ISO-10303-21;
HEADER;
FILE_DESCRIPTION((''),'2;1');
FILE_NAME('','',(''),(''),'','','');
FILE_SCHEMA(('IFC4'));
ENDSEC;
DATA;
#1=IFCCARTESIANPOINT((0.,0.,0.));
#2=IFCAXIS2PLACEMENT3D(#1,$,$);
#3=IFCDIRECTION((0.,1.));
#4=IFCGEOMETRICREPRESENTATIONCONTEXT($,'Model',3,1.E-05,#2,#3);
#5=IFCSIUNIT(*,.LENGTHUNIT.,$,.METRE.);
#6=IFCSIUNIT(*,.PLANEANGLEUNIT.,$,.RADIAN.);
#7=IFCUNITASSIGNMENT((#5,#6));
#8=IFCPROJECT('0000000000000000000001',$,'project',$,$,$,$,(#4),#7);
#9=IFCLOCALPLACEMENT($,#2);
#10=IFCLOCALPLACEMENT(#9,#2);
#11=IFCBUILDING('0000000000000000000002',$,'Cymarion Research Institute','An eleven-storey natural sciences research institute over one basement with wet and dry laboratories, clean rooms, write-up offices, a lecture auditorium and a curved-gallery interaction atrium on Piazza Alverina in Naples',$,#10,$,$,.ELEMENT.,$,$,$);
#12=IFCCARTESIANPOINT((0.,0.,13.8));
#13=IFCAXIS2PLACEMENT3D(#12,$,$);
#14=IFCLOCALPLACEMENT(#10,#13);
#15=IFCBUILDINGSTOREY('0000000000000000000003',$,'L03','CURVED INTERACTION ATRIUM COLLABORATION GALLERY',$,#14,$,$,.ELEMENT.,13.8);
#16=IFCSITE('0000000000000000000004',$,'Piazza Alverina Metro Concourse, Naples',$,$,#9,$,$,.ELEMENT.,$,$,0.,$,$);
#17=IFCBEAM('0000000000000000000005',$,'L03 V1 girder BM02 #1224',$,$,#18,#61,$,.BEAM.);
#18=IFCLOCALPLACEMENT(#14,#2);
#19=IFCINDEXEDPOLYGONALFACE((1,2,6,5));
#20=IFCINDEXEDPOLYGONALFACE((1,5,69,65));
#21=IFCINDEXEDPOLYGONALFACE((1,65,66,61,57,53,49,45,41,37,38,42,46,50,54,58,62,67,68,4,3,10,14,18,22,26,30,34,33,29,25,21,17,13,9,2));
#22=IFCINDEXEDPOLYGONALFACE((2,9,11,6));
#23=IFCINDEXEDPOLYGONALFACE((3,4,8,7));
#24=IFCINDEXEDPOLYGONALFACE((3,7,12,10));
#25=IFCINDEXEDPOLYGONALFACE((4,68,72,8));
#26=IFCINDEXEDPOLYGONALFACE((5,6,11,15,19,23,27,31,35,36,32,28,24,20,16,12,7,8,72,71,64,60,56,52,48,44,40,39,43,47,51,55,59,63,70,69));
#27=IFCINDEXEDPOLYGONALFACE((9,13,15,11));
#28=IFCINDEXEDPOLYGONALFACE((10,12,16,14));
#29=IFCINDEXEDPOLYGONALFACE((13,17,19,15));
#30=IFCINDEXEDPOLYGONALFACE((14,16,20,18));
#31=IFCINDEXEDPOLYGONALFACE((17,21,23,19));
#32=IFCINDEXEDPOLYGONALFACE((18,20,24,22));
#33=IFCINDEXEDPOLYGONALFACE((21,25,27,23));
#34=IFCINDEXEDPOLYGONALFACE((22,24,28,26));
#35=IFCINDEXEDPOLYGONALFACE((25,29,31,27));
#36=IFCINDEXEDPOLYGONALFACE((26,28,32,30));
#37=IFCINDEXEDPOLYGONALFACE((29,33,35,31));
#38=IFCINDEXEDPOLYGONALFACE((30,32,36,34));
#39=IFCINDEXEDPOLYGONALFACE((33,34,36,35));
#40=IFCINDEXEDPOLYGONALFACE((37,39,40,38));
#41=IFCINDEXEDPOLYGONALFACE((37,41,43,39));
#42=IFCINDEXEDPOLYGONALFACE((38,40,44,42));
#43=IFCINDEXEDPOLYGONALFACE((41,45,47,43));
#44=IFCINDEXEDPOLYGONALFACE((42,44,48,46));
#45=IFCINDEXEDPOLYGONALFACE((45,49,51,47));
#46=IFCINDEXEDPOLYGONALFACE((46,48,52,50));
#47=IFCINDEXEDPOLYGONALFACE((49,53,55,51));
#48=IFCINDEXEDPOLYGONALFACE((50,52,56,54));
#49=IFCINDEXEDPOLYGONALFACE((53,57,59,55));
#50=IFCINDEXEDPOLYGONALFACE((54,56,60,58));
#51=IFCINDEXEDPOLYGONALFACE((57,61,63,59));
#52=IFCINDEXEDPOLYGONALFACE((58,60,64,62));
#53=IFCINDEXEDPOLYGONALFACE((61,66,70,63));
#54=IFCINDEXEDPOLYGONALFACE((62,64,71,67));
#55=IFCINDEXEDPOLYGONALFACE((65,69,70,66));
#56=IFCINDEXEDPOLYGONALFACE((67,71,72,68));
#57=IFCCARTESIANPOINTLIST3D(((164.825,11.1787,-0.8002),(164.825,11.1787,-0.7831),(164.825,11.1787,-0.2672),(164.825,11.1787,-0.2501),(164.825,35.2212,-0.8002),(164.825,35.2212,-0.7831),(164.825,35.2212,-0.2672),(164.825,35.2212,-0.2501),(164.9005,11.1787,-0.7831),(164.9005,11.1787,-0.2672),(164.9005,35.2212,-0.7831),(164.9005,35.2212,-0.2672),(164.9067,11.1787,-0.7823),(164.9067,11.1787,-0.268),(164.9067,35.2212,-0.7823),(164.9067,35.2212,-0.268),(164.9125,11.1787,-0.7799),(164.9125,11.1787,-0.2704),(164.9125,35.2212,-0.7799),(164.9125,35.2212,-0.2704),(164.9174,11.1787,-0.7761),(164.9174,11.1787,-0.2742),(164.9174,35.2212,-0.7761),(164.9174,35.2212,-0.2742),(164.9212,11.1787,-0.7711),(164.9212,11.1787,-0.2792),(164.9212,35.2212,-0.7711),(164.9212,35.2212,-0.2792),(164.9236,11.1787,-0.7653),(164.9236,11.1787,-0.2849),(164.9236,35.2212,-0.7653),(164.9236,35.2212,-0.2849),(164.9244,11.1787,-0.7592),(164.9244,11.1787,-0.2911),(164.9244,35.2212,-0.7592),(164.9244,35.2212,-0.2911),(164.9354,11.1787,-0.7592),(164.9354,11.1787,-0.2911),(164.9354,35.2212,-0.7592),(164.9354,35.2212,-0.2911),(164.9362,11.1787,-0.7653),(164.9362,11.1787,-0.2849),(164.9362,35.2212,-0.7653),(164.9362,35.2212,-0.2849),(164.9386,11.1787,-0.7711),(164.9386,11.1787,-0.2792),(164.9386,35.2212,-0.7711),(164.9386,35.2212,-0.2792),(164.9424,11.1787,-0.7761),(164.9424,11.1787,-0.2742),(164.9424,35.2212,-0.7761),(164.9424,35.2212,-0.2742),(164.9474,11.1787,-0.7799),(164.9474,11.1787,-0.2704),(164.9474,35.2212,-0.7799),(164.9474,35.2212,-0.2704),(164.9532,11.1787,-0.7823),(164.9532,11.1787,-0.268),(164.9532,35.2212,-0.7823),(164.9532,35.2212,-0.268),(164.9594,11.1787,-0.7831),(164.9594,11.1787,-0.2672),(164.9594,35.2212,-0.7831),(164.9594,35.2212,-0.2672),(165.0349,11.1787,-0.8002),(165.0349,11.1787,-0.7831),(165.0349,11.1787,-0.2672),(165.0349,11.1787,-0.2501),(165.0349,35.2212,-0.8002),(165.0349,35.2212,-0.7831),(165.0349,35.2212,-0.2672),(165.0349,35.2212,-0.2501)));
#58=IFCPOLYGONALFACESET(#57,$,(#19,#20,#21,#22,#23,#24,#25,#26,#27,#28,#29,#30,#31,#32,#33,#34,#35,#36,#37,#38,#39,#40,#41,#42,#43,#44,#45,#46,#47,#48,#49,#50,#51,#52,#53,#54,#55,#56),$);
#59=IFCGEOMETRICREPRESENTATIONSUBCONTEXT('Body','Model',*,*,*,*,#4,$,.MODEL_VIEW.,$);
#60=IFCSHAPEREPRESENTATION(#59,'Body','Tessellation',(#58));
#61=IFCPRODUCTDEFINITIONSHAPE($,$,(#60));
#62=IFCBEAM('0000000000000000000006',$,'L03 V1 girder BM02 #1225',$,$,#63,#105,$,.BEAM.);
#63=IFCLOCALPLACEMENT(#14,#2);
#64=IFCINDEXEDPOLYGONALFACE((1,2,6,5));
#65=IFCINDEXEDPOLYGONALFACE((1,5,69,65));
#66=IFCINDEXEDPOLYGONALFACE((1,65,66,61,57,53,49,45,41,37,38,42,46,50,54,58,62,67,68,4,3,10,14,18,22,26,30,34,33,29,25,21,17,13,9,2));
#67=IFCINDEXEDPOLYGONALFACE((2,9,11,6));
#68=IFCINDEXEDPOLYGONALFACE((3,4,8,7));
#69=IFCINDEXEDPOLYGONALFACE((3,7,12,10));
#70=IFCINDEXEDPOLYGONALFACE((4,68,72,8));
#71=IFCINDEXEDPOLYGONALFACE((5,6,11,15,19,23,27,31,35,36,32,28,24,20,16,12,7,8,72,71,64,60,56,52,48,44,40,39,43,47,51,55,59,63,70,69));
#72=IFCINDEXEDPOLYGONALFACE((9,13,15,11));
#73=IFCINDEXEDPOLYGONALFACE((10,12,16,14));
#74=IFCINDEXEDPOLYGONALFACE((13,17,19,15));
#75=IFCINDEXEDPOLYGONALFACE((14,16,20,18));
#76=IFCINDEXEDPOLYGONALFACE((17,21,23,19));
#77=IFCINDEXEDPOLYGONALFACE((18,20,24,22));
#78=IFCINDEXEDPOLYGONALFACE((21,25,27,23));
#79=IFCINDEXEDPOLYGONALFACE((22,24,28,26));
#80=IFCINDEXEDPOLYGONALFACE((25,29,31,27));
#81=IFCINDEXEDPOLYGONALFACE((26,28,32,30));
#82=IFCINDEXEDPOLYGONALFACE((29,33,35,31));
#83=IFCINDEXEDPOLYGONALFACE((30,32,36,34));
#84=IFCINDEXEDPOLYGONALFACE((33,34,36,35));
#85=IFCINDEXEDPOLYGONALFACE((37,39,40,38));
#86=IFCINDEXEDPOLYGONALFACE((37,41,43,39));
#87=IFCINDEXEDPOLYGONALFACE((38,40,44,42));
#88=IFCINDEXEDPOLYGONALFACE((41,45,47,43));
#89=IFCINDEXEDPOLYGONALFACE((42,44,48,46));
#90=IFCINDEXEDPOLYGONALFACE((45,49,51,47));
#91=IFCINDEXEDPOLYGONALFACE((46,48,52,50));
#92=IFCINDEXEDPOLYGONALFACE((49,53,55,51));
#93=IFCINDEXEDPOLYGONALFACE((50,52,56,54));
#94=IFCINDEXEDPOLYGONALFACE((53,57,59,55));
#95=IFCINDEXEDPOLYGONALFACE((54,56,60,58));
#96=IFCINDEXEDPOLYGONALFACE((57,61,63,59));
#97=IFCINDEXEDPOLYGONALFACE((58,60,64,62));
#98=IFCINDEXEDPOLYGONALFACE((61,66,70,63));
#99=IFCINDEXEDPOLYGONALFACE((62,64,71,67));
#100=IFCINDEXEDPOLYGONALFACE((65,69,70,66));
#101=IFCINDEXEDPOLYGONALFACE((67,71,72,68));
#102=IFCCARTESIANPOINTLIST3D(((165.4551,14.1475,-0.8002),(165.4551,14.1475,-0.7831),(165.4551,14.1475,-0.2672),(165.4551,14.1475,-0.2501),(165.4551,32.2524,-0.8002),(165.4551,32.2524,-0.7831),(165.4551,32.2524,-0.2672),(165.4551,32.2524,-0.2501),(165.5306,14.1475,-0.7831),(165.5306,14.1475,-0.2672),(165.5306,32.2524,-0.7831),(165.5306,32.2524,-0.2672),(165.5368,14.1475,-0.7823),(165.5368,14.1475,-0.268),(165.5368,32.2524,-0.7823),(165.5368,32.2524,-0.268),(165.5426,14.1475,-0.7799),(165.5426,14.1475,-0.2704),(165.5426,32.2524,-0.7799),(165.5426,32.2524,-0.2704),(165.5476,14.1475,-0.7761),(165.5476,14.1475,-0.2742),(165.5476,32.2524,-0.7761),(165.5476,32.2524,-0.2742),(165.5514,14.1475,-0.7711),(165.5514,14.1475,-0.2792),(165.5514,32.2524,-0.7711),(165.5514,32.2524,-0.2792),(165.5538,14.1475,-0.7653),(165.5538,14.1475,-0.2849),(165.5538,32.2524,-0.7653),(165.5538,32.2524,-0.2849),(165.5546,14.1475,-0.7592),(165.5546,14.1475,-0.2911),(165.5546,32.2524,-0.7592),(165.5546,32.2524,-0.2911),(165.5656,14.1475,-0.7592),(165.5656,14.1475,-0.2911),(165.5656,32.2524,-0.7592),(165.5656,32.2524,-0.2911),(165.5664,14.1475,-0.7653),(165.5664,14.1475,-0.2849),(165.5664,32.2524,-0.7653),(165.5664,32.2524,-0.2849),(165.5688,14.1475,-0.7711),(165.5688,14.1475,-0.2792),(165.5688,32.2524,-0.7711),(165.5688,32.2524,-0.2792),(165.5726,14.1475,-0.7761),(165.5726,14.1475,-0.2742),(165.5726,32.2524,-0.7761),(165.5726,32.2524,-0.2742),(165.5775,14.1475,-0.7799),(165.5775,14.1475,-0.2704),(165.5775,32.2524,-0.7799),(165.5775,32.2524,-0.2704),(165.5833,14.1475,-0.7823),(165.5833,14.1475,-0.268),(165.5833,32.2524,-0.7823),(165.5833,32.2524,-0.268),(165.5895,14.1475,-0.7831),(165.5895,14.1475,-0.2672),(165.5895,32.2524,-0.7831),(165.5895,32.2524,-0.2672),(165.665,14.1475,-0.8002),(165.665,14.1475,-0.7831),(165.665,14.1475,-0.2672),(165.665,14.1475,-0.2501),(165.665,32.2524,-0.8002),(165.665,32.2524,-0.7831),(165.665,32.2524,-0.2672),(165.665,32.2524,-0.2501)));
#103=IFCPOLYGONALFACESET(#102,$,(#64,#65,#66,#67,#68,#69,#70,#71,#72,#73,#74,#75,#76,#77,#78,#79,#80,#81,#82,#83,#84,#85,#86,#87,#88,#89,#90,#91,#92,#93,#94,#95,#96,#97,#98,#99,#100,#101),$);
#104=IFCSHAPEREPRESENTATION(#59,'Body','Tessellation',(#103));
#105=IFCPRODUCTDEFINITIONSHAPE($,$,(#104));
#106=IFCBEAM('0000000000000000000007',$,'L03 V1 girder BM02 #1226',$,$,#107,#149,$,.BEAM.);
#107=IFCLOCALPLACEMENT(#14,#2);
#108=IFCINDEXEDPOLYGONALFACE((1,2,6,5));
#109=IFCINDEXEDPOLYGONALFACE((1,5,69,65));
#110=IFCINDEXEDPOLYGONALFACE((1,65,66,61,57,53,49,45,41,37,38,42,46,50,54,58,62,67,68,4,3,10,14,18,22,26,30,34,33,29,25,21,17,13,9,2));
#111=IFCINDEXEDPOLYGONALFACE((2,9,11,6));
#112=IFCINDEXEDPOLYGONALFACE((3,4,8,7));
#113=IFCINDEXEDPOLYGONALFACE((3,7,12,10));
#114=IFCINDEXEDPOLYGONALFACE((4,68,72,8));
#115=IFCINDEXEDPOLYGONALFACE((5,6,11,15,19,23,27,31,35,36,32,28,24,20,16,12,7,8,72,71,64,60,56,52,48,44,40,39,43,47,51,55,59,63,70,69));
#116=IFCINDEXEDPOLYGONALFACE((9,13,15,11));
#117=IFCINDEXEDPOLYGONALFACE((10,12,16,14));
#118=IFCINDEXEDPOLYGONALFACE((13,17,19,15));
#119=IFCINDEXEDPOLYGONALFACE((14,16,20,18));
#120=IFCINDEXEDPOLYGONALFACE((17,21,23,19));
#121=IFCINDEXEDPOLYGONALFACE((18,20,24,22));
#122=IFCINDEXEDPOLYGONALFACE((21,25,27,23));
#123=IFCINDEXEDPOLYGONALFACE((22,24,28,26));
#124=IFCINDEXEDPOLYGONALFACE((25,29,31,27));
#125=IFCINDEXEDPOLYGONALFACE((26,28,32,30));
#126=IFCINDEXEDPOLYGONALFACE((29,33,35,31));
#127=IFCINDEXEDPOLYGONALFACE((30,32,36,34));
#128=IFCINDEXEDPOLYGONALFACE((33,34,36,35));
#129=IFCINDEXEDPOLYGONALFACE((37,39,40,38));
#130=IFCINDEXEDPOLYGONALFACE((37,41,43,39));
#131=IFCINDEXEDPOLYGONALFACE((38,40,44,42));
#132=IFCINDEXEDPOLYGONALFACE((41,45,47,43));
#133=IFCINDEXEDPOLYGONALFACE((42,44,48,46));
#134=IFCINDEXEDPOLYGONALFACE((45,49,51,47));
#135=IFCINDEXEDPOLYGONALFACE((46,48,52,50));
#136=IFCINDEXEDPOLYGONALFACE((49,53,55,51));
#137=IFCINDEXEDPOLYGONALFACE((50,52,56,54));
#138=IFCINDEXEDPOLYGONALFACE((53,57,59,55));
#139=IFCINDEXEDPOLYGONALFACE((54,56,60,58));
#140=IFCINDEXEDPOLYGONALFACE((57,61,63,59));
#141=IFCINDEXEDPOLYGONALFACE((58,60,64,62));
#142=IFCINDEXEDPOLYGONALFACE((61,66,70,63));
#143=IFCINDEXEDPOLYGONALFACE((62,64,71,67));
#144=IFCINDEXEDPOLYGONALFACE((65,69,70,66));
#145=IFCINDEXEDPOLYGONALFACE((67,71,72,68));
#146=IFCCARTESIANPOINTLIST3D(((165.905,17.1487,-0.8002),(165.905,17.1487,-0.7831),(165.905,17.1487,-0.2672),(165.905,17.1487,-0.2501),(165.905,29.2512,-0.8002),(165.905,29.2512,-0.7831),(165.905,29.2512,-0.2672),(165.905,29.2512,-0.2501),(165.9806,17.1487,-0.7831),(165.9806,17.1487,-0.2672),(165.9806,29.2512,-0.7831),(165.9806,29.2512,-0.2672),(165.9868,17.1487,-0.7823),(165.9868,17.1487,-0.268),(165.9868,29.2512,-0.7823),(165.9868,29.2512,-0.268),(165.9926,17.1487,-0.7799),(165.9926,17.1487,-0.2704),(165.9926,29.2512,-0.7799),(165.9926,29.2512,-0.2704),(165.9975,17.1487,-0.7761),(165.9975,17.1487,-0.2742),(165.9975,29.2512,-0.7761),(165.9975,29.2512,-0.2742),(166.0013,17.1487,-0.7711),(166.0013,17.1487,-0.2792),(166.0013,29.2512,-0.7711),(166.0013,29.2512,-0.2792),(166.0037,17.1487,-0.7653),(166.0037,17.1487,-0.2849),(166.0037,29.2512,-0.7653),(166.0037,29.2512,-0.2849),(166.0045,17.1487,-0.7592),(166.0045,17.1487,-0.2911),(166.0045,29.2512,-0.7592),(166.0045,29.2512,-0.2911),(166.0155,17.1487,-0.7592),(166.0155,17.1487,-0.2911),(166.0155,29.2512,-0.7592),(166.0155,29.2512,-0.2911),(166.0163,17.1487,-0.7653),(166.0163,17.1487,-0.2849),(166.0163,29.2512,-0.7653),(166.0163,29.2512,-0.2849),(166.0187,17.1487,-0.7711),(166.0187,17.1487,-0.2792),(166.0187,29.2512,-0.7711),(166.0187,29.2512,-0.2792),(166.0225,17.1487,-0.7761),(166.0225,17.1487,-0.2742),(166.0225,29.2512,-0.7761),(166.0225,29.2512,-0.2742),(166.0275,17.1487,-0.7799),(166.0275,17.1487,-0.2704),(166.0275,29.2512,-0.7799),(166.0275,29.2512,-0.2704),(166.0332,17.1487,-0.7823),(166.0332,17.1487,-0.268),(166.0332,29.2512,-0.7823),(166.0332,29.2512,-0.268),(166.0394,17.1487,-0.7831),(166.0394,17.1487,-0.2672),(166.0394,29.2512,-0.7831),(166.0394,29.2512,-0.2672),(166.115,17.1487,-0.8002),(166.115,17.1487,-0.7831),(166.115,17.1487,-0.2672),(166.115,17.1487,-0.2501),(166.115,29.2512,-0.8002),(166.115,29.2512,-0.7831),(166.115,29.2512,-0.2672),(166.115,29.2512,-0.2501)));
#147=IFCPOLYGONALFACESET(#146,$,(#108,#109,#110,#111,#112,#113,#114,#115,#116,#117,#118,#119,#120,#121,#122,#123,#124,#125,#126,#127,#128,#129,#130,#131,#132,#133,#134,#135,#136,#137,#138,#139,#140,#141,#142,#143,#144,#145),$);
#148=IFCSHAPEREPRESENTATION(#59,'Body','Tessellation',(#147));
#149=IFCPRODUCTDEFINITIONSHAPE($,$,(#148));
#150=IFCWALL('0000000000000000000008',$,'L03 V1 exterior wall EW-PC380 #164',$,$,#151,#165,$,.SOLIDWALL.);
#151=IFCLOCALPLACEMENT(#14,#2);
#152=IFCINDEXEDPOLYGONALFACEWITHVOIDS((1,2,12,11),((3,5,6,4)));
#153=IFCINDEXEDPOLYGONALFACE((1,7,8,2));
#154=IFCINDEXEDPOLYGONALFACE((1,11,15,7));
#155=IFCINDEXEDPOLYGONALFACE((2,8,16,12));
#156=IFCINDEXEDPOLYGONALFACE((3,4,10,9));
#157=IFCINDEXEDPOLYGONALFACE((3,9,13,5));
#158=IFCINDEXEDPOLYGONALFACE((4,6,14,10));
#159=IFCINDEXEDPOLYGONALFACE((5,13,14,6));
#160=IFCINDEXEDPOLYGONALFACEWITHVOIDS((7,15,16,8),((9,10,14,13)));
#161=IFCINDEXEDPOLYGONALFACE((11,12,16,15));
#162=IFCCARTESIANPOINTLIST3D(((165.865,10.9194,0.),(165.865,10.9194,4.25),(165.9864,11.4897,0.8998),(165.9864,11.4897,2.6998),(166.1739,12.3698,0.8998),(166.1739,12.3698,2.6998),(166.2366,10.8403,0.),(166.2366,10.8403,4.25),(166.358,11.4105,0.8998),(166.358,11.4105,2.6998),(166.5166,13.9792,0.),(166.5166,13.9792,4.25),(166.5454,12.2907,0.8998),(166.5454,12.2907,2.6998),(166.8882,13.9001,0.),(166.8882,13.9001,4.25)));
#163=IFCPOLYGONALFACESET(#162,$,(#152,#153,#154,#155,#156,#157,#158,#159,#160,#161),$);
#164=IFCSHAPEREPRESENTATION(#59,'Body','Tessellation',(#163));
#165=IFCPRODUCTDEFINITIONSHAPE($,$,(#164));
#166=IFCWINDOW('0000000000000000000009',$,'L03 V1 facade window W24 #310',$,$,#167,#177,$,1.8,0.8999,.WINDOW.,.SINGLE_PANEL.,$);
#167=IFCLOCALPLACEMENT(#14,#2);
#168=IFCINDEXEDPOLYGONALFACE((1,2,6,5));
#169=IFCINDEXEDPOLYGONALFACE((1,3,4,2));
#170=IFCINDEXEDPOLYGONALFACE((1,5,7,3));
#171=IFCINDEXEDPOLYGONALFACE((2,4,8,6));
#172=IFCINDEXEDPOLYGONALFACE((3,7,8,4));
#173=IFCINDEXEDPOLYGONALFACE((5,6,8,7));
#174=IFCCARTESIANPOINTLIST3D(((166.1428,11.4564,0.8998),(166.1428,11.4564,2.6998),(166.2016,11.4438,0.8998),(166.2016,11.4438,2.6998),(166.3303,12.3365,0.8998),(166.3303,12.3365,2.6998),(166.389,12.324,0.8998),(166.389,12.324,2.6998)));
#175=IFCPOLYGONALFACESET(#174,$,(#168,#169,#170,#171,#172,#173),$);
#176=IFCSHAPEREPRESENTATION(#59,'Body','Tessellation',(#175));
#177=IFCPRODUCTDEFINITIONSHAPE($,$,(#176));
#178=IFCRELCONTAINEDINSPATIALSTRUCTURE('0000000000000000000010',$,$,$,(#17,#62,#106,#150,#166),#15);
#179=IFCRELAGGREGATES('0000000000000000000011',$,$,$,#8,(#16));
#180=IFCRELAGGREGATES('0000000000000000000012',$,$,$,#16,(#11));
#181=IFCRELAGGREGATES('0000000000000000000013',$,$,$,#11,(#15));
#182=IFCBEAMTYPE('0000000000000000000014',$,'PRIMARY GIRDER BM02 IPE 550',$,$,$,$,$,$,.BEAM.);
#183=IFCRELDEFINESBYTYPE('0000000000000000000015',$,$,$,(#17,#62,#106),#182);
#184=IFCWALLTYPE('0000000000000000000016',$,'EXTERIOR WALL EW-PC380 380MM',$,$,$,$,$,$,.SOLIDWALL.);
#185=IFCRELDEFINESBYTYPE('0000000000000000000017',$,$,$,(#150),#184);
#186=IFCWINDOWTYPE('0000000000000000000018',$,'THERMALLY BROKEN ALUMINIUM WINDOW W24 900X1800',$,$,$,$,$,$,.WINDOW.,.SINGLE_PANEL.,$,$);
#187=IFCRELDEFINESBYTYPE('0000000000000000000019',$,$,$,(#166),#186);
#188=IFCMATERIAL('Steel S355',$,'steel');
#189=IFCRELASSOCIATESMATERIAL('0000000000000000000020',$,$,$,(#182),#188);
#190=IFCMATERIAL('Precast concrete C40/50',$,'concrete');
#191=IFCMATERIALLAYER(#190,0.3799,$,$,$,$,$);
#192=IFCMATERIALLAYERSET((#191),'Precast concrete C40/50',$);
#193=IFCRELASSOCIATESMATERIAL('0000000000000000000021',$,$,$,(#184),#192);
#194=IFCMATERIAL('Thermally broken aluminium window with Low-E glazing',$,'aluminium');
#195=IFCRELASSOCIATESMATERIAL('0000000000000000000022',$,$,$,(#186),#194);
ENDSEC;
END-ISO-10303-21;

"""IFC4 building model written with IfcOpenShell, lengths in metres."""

from ifc_helpers import new_model, si_unit, direction, frame, frame_2d, origin, origin_2d, place, context, subcontext, project, spatial, rectangle, i_section, extrude, material, layer, layer_set, material_profile, profile_set, type_object, element, fill, save


model = new_model("IFC4")

# Units and contexts
model_context = context("Model", 3, precision=1e-05, world=origin(), true_north=direction((0.0, 1.0)))
body_context = subcontext(model_context, "Body", "Model", "MODEL_VIEW")
ifc_project = project(units=[si_unit("LENGTHUNIT", "METRE"), si_unit("PLANEANGLEUNIT", "RADIAN")], contexts=[model_context])

# Site, building, storey
site_placement = place(None, origin())
site = spatial("IfcSite", under=ifc_project, at=site_placement, Name="Piazza Alverina Metro Concourse, Naples", CompositionType="ELEMENT", RefElevation=0.0)
building_placement = place(site_placement, origin())
building = spatial("IfcBuilding", under=site, at=building_placement, Name="Cymarion Research Institute", Description="An eleven-storey natural sciences research institute over one basement with wet and dry laboratories, clean rooms, write-up offices, a lecture auditorium and a curved-gallery interaction atrium on Piazza Alverina in Naples", CompositionType="ELEMENT")
storey_placement = place(building_placement, frame((0.0, 0.0, 13.8)))
storey = spatial("IfcBuildingStorey", under=building, at=storey_placement, Name="L03", Description="CURVED INTERACTION ATRIUM COLLABORATION GALLERY", CompositionType="ELEMENT", Elevation=13.8)

# Shared definitions
ifc_material_1 = material(Name="Steel S355", Category="steel")

# Beams
ifc_material_profile_1 = material_profile(ifc_material_1, i_section(OverallWidth=0.21, OverallDepth=0.55, WebThickness=0.011, FlangeThickness=0.0171, FilletRadius=0.0239, at=origin_2d()), Name="IPE 550")
ifc_profile_set_1 = profile_set([ifc_material_profile_1], Name="Steel S355")
beam_type = type_object("IfcBeamType", Name="PRIMARY GIRDER BM02 IPE 550", PredefinedType="BEAM", material=ifc_profile_set_1)
beam_1_placement = place(storey_placement, frame((164.9299, 11.1787, -0.5251), z_axis=(0.0, 1.0, 0.0), x_axis=(-1.0, 0.0, 0.0)))
element("IfcBeam", 1, at=beam_1_placement, inside=storey, type_object=beam_type, Name="L03 V1 girder BM02 #1224", PredefinedType="BEAM", context=body_context, shape_type="SweptSolid", body=[
    extrude(i_section(OverallWidth=0.21, OverallDepth=0.55, WebThickness=0.011, FlangeThickness=0.0171, FilletRadius=0.0239, at=origin_2d()), origin(), (0.0, 0.0, 1.0), 24.0425),
])
beam_2_placement = place(storey_placement, frame((165.5601, 14.1475, -0.5251), z_axis=(0.0, 1.0, 0.0), x_axis=(-1.0, 0.0, 0.0)))
element("IfcBeam", 2, at=beam_2_placement, inside=storey, type_object=beam_type, Name="L03 V1 girder BM02 #1225", PredefinedType="BEAM", context=body_context, shape_type="SweptSolid", body=[
    extrude(i_section(OverallWidth=0.21, OverallDepth=0.55, WebThickness=0.011, FlangeThickness=0.0171, FilletRadius=0.0239, at=origin_2d()), origin(), (0.0, 0.0, 1.0), 18.105),
])
beam_3_placement = place(storey_placement, frame((166.01, 17.1487, -0.5251), z_axis=(0.0, 1.0, 0.0), x_axis=(-1.0, 0.0, 0.0)))
element("IfcBeam", 3, at=beam_3_placement, inside=storey, type_object=beam_type, Name="L03 V1 girder BM02 #1226", PredefinedType="BEAM", context=body_context, shape_type="SweptSolid", body=[
    extrude(i_section(OverallWidth=0.21, OverallDepth=0.55, WebThickness=0.011, FlangeThickness=0.0171, FilletRadius=0.0239, at=origin_2d()), origin(), (0.0, 0.0, 1.0), 12.1025),
])

# Wall, opening, window
ifc_material_2 = material(Name="Precast concrete C40/50", Category="concrete")
ifc_layer_1 = layer(ifc_material_2, 0.3799)
ifc_layer_set_1 = layer_set([ifc_layer_1], Name="Precast concrete C40/50")
wall_type = type_object("IfcWallType", Name="EXTERIOR WALL EW-PC380 380MM", PredefinedType="SOLIDWALL", material=ifc_layer_set_1)
wall_1_placement = place(storey_placement, frame((166.0508, 10.8799, 0.0), z_axis=(0.0, 0.0, 1.0), x_axis=(0.208287, 0.978068, 0.0)))
wall_1 = element("IfcWall", 4, at=wall_1_placement, inside=storey, type_object=wall_type, Name="L03 V1 exterior wall EW-PC380 #164", PredefinedType="SOLIDWALL", context=body_context, shape_type="SweptSolid", body=[
    extrude(rectangle(XDim=3.1284, YDim=0.3799, at=frame_2d((1.5642, 0.0))), origin(), (0.0, 0.0, 1.0), 4.25),
])
opening_1_placement = place(wall_1_placement, frame((0.583, 0.0, 0.8999)))
opening_1 = element("IfcOpeningElement", 5, at=opening_1_placement, cuts=wall_1, PredefinedType="OPENING", context=body_context, shape_type="SweptSolid", body=[
    extrude(rectangle(XDim=0.8999, YDim=1.8, at=frame_2d((0.45, 0.8999))), frame((0.0, 0.2, 0.0), z_axis=(0.0, -1.0, 0.0), x_axis=(1.0, 0.0, 0.0)), (0.0, 0.0, 1.0), 0.3999),
])
ifc_material_3 = material(Name="Thermally broken aluminium window with Low-E glazing", Category="aluminium")
window_type = type_object("IfcWindowType", Name="THERMALLY BROKEN ALUMINIUM WINDOW W24 900X1800", PartitioningType="SINGLE_PANEL", PredefinedType="WINDOW", material=ifc_material_3)
window_1_placement = place(opening_1_placement, origin())
window_1 = element("IfcWindow", 6, at=window_1_placement, inside=storey, type_object=window_type, Name="L03 V1 facade window W24 #310", OverallHeight=1.8, OverallWidth=0.8999, PartitioningType="SINGLE_PANEL", PredefinedType="WINDOW", context=body_context, shape_type="SweptSolid", body=[
    extrude(rectangle(XDim=0.8999, YDim=1.8, at=frame_2d((0.45, 0.8999))), frame((0.0, 0.03, 0.0), z_axis=(0.0, -1.0, 0.0), x_axis=(1.0, 0.0, 0.0)), (0.0, 0.0, 1.0), 0.0601),
])
fill(opening_1, window_1)

save(model, "model.ifc")
